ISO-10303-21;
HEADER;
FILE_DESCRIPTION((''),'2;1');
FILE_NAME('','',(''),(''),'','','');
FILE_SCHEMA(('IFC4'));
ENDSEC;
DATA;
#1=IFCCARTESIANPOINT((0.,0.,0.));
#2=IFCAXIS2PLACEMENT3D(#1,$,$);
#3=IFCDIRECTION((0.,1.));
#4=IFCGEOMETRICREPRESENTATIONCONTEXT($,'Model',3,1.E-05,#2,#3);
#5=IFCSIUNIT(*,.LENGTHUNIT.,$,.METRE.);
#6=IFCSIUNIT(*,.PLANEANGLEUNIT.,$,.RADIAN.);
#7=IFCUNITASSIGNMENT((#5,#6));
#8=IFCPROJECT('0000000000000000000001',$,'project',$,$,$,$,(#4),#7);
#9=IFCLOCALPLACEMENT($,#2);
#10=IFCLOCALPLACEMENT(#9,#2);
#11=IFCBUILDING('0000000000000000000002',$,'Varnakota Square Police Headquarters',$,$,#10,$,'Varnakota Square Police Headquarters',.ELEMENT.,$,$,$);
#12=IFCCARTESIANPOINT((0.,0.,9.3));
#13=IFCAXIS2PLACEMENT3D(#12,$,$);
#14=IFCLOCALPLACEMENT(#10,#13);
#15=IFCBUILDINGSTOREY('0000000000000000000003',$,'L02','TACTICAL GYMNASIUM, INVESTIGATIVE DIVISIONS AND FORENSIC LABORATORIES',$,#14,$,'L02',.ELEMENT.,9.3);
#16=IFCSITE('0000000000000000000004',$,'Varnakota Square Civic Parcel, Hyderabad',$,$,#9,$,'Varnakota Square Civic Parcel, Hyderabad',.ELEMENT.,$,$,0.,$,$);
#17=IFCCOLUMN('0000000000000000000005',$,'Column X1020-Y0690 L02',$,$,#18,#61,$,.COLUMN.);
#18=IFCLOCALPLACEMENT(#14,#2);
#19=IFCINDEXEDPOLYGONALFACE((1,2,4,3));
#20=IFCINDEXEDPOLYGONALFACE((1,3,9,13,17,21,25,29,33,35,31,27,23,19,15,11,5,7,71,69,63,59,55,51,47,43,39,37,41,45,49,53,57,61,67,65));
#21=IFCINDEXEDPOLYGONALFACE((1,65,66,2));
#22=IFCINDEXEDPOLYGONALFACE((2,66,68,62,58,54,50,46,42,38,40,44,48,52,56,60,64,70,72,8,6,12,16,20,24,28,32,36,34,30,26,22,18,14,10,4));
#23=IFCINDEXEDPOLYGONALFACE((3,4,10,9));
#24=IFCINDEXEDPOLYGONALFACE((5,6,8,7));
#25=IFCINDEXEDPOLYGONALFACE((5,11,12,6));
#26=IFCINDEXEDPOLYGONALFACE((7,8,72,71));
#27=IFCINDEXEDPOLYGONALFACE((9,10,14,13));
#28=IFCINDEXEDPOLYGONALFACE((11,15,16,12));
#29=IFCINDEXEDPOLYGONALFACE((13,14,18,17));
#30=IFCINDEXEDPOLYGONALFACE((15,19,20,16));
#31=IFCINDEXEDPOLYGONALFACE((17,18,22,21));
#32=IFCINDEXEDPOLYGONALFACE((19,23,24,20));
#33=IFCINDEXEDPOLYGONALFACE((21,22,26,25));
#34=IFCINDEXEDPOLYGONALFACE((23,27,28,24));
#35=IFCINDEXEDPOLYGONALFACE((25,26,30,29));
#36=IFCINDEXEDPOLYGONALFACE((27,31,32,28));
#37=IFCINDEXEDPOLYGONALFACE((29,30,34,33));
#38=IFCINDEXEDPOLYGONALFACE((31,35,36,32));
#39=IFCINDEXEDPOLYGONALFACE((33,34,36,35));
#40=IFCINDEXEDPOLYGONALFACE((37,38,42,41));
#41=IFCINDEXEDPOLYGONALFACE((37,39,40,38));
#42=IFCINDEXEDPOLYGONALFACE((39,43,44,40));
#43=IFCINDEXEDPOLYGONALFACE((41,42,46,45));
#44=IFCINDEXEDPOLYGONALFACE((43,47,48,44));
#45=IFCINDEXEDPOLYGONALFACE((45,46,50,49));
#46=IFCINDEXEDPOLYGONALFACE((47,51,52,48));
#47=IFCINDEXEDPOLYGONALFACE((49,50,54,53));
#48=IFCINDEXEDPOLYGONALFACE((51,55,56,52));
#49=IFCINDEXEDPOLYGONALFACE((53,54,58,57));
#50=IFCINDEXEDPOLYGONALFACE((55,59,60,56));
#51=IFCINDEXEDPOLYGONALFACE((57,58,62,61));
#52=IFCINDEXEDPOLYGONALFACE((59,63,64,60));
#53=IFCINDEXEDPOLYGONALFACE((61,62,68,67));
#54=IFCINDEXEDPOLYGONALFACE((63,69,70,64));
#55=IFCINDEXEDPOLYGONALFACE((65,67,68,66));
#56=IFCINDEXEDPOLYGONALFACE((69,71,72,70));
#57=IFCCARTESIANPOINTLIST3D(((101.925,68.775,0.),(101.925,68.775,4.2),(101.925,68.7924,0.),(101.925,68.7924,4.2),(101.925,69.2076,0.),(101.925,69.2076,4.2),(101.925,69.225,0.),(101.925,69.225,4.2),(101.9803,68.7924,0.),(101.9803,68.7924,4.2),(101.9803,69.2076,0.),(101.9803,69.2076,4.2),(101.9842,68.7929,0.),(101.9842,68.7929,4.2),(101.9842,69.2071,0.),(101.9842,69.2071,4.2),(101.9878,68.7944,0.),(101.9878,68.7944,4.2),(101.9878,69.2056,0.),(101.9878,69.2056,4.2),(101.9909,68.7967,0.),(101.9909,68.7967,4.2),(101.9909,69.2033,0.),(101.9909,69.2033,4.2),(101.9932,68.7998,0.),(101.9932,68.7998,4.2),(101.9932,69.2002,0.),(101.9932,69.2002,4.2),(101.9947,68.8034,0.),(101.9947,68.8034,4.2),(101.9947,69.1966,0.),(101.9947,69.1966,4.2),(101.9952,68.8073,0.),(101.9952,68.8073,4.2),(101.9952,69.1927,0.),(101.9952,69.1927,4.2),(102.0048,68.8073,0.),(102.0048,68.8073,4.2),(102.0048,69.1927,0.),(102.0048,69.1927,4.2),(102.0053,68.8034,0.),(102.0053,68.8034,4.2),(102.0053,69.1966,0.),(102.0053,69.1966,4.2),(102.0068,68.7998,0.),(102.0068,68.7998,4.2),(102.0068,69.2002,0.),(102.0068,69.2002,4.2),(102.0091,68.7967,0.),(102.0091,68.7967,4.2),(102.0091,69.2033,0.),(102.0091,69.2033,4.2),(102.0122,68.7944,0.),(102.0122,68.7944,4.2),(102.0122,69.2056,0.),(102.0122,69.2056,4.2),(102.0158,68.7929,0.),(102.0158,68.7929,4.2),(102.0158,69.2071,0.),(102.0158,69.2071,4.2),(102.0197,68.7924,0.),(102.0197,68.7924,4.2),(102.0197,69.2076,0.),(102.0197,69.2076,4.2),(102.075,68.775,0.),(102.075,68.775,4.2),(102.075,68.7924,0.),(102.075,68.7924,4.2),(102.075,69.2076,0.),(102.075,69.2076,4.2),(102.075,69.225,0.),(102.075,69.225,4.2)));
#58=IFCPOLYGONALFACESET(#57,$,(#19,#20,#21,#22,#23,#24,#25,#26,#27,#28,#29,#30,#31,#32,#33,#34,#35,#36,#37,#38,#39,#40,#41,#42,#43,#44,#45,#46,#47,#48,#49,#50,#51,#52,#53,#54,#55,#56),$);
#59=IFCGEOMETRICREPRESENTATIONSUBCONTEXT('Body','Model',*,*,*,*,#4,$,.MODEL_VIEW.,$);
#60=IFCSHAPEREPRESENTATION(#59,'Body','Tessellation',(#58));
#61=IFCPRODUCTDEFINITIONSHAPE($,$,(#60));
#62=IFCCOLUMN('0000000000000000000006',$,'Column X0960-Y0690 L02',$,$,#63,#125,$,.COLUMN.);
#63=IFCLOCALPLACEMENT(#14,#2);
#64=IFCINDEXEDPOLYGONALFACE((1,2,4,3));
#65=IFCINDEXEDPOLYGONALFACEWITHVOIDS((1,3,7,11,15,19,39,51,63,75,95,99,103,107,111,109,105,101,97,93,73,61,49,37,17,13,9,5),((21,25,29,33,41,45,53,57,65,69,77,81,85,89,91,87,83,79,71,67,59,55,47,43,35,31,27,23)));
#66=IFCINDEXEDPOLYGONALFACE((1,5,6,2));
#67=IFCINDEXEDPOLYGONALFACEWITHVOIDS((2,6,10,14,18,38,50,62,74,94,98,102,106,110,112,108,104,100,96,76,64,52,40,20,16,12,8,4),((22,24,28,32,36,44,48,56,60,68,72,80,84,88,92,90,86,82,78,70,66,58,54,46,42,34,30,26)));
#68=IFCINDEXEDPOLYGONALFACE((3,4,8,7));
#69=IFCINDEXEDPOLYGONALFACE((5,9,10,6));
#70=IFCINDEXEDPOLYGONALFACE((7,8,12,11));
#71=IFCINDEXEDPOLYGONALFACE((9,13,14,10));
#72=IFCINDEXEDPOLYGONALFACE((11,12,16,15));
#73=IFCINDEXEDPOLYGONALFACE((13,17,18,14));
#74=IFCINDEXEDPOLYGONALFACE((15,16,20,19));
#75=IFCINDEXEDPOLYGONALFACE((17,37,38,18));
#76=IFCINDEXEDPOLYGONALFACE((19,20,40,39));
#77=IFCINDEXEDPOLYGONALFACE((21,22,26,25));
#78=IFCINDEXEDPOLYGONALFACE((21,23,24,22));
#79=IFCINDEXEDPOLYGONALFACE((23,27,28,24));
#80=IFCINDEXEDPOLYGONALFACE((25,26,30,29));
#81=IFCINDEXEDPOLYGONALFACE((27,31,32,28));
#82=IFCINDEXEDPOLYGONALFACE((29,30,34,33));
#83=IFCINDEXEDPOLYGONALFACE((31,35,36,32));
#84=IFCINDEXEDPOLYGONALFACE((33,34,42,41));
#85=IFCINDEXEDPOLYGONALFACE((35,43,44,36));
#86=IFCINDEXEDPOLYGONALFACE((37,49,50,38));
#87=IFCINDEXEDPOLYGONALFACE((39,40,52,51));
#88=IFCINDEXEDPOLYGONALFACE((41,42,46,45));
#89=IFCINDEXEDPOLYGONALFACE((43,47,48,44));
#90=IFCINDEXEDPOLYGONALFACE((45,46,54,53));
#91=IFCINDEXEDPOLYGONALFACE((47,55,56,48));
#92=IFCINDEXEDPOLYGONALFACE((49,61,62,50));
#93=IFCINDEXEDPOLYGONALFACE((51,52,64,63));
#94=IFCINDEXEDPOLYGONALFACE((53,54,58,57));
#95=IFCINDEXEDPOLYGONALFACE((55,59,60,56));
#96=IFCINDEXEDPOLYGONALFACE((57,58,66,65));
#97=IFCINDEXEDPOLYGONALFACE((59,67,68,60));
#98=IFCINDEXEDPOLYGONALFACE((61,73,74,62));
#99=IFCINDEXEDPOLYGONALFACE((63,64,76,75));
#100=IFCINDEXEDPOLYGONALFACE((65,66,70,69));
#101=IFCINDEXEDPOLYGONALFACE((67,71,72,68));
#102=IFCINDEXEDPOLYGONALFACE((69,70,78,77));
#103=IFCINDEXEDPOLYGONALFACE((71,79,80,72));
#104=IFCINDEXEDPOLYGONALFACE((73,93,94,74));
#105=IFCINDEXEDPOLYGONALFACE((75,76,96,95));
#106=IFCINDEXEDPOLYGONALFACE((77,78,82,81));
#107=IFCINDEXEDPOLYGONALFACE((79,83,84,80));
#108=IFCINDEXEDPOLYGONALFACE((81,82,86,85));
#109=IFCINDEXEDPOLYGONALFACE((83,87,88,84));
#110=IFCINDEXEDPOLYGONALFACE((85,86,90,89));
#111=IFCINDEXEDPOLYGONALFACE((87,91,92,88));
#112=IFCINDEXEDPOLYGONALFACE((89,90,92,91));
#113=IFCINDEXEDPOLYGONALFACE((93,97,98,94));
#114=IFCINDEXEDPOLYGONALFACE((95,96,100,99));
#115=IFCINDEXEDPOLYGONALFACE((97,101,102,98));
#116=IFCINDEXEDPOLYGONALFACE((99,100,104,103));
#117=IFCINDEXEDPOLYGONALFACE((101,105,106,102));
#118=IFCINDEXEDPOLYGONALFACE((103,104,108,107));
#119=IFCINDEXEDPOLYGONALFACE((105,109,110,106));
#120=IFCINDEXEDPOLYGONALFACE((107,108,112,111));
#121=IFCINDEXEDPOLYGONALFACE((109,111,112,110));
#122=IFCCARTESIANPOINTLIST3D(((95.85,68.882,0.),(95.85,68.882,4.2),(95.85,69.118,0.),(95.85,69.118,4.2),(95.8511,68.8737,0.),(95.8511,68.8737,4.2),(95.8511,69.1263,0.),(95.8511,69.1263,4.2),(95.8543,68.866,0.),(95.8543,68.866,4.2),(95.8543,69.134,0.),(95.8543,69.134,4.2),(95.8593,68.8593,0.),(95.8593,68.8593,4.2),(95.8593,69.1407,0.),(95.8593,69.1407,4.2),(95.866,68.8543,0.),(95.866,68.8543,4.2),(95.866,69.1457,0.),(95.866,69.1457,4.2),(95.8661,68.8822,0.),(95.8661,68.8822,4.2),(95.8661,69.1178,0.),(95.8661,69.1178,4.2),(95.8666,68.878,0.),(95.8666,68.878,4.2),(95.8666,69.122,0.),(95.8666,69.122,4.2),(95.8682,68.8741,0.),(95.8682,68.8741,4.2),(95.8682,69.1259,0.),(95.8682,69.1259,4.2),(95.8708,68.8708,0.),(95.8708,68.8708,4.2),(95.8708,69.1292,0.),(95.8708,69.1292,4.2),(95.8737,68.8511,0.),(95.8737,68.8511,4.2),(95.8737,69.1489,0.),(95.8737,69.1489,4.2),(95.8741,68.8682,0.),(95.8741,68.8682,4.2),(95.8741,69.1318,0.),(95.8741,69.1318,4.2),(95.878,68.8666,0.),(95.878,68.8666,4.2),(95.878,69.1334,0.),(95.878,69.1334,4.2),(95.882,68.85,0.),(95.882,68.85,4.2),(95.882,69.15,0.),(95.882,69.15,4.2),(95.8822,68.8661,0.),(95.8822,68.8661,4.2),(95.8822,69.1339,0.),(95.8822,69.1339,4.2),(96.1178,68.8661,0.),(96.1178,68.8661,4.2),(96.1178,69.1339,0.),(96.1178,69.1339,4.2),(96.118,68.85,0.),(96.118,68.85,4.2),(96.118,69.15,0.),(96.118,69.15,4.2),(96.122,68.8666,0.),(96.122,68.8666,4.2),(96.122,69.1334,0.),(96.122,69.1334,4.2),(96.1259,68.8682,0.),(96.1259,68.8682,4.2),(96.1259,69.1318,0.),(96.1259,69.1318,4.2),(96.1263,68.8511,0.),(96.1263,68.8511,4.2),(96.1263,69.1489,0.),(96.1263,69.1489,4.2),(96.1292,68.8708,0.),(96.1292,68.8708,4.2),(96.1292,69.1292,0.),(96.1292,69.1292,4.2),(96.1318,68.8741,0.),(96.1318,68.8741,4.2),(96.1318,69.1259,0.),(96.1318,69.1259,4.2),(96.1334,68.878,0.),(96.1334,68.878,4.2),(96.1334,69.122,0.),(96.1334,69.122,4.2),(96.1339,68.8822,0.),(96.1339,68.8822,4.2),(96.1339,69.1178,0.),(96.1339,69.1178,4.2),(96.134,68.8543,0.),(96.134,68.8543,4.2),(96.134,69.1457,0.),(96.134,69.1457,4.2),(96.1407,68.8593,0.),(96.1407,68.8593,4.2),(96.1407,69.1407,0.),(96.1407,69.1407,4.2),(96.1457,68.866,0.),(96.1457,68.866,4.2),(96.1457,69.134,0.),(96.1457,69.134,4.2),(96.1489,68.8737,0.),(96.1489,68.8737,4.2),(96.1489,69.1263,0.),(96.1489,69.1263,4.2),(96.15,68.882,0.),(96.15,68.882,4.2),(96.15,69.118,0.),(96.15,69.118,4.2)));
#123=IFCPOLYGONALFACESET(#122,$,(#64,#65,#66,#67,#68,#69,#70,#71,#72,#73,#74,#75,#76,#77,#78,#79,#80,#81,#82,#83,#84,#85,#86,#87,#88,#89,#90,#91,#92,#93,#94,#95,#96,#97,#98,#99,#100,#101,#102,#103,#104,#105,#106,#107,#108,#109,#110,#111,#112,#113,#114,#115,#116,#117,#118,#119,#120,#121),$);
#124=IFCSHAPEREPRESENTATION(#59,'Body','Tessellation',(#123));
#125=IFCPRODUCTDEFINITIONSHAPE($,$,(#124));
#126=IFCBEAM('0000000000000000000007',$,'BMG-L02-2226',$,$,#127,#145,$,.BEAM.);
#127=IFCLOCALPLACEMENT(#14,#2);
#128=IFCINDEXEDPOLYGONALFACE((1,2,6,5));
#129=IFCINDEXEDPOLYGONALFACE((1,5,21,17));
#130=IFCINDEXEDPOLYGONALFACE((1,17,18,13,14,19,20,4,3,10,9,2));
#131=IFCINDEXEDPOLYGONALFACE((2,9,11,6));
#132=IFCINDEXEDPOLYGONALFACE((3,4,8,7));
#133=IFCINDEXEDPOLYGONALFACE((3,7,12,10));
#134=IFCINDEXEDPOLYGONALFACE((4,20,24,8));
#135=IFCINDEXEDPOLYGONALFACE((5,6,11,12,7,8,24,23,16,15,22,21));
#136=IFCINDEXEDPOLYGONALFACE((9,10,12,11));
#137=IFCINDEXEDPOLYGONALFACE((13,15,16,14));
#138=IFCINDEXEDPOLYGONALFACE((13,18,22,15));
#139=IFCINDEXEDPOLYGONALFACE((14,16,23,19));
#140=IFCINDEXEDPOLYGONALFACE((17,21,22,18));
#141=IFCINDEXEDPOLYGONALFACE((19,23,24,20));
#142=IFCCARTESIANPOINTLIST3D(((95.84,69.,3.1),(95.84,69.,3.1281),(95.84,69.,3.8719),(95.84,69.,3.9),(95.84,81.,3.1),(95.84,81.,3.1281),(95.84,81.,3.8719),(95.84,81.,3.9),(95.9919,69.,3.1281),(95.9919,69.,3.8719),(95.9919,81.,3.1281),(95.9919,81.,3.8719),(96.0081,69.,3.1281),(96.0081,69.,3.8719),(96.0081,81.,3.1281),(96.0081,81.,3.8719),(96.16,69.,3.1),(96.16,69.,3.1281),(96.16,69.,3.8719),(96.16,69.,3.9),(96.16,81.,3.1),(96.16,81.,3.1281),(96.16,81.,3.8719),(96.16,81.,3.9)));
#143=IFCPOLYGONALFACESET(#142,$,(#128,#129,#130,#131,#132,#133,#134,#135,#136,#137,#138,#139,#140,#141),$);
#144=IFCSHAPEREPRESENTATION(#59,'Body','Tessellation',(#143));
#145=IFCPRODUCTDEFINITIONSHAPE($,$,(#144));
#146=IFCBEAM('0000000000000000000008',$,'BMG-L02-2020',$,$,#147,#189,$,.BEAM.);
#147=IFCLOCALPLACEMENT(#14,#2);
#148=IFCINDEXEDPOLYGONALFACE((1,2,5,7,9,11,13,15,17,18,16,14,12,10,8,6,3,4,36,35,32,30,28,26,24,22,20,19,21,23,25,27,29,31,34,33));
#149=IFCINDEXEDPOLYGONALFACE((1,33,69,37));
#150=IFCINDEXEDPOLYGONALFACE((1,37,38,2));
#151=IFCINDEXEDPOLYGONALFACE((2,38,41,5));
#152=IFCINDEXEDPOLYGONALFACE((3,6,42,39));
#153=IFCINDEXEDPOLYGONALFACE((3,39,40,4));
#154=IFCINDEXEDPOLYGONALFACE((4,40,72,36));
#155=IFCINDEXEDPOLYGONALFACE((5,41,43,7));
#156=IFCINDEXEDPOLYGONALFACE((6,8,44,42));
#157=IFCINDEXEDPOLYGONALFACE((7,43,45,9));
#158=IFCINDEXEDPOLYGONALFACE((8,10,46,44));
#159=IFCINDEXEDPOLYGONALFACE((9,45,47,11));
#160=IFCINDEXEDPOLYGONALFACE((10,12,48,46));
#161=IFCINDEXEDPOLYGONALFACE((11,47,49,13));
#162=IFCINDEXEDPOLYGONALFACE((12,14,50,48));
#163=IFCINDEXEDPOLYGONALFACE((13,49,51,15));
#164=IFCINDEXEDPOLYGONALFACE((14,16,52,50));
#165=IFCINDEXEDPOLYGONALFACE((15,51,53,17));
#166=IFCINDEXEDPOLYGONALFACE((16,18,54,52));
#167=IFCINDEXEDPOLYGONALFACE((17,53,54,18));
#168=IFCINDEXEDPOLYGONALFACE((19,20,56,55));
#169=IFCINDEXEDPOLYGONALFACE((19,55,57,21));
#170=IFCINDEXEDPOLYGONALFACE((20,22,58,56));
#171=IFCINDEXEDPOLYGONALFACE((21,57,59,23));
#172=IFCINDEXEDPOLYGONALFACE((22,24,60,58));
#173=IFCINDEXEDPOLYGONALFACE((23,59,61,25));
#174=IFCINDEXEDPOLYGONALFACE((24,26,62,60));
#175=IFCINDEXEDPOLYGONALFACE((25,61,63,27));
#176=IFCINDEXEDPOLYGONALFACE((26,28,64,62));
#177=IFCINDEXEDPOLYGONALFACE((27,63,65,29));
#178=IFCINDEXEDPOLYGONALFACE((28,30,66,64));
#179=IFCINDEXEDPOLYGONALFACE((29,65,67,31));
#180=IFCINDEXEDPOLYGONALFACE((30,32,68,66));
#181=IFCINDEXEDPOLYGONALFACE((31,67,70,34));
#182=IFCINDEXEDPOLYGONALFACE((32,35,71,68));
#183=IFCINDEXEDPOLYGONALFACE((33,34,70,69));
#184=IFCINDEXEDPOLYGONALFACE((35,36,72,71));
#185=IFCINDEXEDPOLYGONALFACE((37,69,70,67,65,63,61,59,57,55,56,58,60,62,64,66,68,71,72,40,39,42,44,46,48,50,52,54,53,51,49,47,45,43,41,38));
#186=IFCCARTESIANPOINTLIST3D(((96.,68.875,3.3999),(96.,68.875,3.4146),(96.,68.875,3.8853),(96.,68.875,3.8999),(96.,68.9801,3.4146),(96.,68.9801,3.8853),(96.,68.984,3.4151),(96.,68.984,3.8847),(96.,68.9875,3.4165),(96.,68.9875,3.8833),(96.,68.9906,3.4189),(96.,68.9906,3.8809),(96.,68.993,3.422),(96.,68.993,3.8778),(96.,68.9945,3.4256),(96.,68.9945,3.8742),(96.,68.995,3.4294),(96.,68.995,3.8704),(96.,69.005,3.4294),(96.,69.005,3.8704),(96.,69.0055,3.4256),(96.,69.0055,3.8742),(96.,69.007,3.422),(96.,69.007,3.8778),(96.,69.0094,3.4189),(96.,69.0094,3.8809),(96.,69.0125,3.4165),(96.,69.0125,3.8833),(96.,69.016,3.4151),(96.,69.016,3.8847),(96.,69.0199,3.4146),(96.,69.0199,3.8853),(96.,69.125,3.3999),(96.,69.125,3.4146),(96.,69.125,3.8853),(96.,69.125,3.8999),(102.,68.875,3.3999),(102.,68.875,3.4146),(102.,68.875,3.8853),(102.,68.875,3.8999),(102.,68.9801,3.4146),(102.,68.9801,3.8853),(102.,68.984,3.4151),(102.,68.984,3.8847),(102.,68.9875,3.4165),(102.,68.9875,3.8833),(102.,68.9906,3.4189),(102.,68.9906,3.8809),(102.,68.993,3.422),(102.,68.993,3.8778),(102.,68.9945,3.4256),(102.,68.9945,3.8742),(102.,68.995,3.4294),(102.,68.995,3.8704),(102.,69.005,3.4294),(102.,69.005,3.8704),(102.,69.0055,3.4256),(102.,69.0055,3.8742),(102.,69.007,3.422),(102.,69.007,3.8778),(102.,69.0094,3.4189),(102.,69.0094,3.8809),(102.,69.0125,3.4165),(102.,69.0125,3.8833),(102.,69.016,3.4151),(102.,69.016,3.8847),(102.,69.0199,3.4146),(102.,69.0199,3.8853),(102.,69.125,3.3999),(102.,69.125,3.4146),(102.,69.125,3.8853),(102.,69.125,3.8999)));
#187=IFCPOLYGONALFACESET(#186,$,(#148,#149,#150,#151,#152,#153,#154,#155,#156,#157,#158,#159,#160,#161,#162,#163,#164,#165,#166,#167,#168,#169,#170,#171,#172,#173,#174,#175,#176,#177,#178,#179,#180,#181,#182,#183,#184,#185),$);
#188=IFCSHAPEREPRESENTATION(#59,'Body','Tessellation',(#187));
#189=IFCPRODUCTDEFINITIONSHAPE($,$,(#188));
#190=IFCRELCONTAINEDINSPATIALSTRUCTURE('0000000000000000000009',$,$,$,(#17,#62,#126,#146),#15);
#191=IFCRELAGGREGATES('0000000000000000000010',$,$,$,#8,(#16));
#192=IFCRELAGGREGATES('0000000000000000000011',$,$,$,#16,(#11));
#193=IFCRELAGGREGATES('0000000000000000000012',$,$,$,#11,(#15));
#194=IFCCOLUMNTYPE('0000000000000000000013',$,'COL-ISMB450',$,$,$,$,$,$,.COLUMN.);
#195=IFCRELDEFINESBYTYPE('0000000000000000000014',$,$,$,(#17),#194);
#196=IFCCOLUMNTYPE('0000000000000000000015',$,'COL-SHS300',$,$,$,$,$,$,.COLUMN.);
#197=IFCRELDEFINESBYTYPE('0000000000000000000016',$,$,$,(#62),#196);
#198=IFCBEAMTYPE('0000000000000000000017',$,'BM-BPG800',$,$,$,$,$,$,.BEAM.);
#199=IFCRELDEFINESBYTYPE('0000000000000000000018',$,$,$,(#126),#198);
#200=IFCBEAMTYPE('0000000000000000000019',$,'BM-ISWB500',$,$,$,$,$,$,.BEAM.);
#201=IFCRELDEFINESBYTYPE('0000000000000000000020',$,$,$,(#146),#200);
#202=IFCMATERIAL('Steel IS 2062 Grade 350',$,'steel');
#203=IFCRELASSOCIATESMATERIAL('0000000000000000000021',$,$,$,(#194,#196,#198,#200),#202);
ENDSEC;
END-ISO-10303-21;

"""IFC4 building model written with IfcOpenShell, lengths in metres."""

from ifc_helpers import new_model, si_unit, direction, frame, origin, origin_2d, place, context, subcontext, project, spatial, hollow_rectangle, i_section, extrude, material, material_profile, profile_set, type_object, element, save


model = new_model("IFC4")

# Units and contexts
model_context = context("Model", 3, precision=1e-05, world=origin(), true_north=direction((0.0, 1.0)))
body_context = subcontext(model_context, "Body", "Model", "MODEL_VIEW")
ifc_project = project(units=[si_unit("LENGTHUNIT", "METRE"), si_unit("PLANEANGLEUNIT", "RADIAN")], contexts=[model_context])

# Site, building, storey
site_placement = place(None, origin())
site = spatial("IfcSite", under=ifc_project, at=site_placement, Name="Varnakota Square Civic Parcel, Hyderabad", LongName="Varnakota Square Civic Parcel, Hyderabad", CompositionType="ELEMENT", RefElevation=0.0)
building_placement = place(site_placement, origin())
building = spatial("IfcBuilding", under=site, at=building_placement, Name="Varnakota Square Police Headquarters", LongName="Varnakota Square Police Headquarters", CompositionType="ELEMENT")
storey_placement = place(building_placement, frame((0.0, 0.0, 9.3)))
storey = spatial("IfcBuildingStorey", under=building, at=storey_placement, Name="L02", Description="TACTICAL GYMNASIUM, INVESTIGATIVE DIVISIONS AND FORENSIC LABORATORIES", LongName="L02", CompositionType="ELEMENT", Elevation=9.3)

# Columns
ifc_material_1 = material(Name="Steel IS 2062 Grade 350", Category="steel")
ifc_material_profile_1 = material_profile(ifc_material_1, i_section(OverallWidth=0.1499, OverallDepth=0.45, WebThickness=0.0095, FlangeThickness=0.0173, FilletRadius=0.0149, at=origin_2d()), Name="ISMB 450")
ifc_profile_set_1 = profile_set([ifc_material_profile_1], Name="Steel IS 2062 Grade 350")
column_type_1 = type_object("IfcColumnType", Name="COL-ISMB450", PredefinedType="COLUMN", material=ifc_profile_set_1)
column_1_placement = place(storey_placement, frame((102.0, 69.0, 0.0), z_axis=(0.0, 0.0, 1.0), x_axis=(1.0, 0.0, 0.0)))
element("IfcColumn", 1, at=column_1_placement, inside=storey, type_object=column_type_1, Name="Column X1020-Y0690 L02", PredefinedType="COLUMN", context=body_context, shape_type="SweptSolid", body=[
    extrude(i_section(OverallWidth=0.1499, OverallDepth=0.45, WebThickness=0.0095, FlangeThickness=0.0173, FilletRadius=0.0149, at=origin_2d()), origin(), (0.0, 0.0, 1.0), 4.2),
])
ifc_material_profile_2 = material_profile(ifc_material_1, hollow_rectangle(XDim=0.3, YDim=0.3, WallThickness=0.0161, InnerFilletRadius=0.0161, OuterFilletRadius=0.032, at=origin_2d()), Name="SHS 300x300x16")
ifc_profile_set_2 = profile_set([ifc_material_profile_2], Name="Steel IS 2062 Grade 350")
column_type_2 = type_object("IfcColumnType", Name="COL-SHS300", PredefinedType="COLUMN", material=ifc_profile_set_2)
column_2_placement = place(storey_placement, frame((96.0, 69.0, 0.0), z_axis=(0.0, 0.0, 1.0), x_axis=(1.0, 0.0, 0.0)))
element("IfcColumn", 2, at=column_2_placement, inside=storey, type_object=column_type_2, Name="Column X0960-Y0690 L02", PredefinedType="COLUMN", context=body_context, shape_type="SweptSolid", body=[
    extrude(hollow_rectangle(XDim=0.3, YDim=0.3, WallThickness=0.0161, InnerFilletRadius=0.0161, OuterFilletRadius=0.032, at=origin_2d()), origin(), (0.0, 0.0, 1.0), 4.2),
])

# Beams
ifc_material_profile_3 = material_profile(ifc_material_1, i_section(OverallWidth=0.3201, OverallDepth=0.8, WebThickness=0.0161, FlangeThickness=0.0281, at=origin_2d()), Name="BPG 800x320")
ifc_profile_set_3 = profile_set([ifc_material_profile_3], Name="Steel IS 2062 Grade 350")
beam_type_1 = type_object("IfcBeamType", Name="BM-BPG800", PredefinedType="BEAM", material=ifc_profile_set_3)
beam_1_placement = place(storey_placement, frame((96.0, 69.0, 3.5), z_axis=(0.0, 1.0, 0.0), x_axis=(-1.0, 0.0, 0.0)))
element("IfcBeam", 3, at=beam_1_placement, inside=storey, type_object=beam_type_1, Name="BMG-L02-2226", PredefinedType="BEAM", context=body_context, shape_type="SweptSolid", body=[
    extrude(i_section(OverallWidth=0.3201, OverallDepth=0.8, WebThickness=0.0161, FlangeThickness=0.0281, at=origin_2d()), origin(), (0.0, 0.0, 1.0), 12.0),
])
ifc_material_profile_4 = material_profile(ifc_material_1, i_section(OverallWidth=0.25, OverallDepth=0.5, WebThickness=0.01, FlangeThickness=0.0146, FilletRadius=0.0149, at=origin_2d()), Name="ISWB 500")
ifc_profile_set_4 = profile_set([ifc_material_profile_4], Name="Steel IS 2062 Grade 350")
beam_type_2 = type_object("IfcBeamType", Name="BM-ISWB500", PredefinedType="BEAM", material=ifc_profile_set_4)
beam_2_placement = place(storey_placement, frame((96.0, 69.0, 3.6499), z_axis=(1.0, 0.0, 0.0), x_axis=(0.0, 1.0, 0.0)))
element("IfcBeam", 4, at=beam_2_placement, inside=storey, type_object=beam_type_2, Name="BMG-L02-2020", PredefinedType="BEAM", context=body_context, shape_type="SweptSolid", body=[
    extrude(i_section(OverallWidth=0.25, OverallDepth=0.5, WebThickness=0.01, FlangeThickness=0.0146, FilletRadius=0.0149, at=origin_2d()), origin(), (0.0, 0.0, 1.0), 6.0),
])

save(model, "model.ifc")
